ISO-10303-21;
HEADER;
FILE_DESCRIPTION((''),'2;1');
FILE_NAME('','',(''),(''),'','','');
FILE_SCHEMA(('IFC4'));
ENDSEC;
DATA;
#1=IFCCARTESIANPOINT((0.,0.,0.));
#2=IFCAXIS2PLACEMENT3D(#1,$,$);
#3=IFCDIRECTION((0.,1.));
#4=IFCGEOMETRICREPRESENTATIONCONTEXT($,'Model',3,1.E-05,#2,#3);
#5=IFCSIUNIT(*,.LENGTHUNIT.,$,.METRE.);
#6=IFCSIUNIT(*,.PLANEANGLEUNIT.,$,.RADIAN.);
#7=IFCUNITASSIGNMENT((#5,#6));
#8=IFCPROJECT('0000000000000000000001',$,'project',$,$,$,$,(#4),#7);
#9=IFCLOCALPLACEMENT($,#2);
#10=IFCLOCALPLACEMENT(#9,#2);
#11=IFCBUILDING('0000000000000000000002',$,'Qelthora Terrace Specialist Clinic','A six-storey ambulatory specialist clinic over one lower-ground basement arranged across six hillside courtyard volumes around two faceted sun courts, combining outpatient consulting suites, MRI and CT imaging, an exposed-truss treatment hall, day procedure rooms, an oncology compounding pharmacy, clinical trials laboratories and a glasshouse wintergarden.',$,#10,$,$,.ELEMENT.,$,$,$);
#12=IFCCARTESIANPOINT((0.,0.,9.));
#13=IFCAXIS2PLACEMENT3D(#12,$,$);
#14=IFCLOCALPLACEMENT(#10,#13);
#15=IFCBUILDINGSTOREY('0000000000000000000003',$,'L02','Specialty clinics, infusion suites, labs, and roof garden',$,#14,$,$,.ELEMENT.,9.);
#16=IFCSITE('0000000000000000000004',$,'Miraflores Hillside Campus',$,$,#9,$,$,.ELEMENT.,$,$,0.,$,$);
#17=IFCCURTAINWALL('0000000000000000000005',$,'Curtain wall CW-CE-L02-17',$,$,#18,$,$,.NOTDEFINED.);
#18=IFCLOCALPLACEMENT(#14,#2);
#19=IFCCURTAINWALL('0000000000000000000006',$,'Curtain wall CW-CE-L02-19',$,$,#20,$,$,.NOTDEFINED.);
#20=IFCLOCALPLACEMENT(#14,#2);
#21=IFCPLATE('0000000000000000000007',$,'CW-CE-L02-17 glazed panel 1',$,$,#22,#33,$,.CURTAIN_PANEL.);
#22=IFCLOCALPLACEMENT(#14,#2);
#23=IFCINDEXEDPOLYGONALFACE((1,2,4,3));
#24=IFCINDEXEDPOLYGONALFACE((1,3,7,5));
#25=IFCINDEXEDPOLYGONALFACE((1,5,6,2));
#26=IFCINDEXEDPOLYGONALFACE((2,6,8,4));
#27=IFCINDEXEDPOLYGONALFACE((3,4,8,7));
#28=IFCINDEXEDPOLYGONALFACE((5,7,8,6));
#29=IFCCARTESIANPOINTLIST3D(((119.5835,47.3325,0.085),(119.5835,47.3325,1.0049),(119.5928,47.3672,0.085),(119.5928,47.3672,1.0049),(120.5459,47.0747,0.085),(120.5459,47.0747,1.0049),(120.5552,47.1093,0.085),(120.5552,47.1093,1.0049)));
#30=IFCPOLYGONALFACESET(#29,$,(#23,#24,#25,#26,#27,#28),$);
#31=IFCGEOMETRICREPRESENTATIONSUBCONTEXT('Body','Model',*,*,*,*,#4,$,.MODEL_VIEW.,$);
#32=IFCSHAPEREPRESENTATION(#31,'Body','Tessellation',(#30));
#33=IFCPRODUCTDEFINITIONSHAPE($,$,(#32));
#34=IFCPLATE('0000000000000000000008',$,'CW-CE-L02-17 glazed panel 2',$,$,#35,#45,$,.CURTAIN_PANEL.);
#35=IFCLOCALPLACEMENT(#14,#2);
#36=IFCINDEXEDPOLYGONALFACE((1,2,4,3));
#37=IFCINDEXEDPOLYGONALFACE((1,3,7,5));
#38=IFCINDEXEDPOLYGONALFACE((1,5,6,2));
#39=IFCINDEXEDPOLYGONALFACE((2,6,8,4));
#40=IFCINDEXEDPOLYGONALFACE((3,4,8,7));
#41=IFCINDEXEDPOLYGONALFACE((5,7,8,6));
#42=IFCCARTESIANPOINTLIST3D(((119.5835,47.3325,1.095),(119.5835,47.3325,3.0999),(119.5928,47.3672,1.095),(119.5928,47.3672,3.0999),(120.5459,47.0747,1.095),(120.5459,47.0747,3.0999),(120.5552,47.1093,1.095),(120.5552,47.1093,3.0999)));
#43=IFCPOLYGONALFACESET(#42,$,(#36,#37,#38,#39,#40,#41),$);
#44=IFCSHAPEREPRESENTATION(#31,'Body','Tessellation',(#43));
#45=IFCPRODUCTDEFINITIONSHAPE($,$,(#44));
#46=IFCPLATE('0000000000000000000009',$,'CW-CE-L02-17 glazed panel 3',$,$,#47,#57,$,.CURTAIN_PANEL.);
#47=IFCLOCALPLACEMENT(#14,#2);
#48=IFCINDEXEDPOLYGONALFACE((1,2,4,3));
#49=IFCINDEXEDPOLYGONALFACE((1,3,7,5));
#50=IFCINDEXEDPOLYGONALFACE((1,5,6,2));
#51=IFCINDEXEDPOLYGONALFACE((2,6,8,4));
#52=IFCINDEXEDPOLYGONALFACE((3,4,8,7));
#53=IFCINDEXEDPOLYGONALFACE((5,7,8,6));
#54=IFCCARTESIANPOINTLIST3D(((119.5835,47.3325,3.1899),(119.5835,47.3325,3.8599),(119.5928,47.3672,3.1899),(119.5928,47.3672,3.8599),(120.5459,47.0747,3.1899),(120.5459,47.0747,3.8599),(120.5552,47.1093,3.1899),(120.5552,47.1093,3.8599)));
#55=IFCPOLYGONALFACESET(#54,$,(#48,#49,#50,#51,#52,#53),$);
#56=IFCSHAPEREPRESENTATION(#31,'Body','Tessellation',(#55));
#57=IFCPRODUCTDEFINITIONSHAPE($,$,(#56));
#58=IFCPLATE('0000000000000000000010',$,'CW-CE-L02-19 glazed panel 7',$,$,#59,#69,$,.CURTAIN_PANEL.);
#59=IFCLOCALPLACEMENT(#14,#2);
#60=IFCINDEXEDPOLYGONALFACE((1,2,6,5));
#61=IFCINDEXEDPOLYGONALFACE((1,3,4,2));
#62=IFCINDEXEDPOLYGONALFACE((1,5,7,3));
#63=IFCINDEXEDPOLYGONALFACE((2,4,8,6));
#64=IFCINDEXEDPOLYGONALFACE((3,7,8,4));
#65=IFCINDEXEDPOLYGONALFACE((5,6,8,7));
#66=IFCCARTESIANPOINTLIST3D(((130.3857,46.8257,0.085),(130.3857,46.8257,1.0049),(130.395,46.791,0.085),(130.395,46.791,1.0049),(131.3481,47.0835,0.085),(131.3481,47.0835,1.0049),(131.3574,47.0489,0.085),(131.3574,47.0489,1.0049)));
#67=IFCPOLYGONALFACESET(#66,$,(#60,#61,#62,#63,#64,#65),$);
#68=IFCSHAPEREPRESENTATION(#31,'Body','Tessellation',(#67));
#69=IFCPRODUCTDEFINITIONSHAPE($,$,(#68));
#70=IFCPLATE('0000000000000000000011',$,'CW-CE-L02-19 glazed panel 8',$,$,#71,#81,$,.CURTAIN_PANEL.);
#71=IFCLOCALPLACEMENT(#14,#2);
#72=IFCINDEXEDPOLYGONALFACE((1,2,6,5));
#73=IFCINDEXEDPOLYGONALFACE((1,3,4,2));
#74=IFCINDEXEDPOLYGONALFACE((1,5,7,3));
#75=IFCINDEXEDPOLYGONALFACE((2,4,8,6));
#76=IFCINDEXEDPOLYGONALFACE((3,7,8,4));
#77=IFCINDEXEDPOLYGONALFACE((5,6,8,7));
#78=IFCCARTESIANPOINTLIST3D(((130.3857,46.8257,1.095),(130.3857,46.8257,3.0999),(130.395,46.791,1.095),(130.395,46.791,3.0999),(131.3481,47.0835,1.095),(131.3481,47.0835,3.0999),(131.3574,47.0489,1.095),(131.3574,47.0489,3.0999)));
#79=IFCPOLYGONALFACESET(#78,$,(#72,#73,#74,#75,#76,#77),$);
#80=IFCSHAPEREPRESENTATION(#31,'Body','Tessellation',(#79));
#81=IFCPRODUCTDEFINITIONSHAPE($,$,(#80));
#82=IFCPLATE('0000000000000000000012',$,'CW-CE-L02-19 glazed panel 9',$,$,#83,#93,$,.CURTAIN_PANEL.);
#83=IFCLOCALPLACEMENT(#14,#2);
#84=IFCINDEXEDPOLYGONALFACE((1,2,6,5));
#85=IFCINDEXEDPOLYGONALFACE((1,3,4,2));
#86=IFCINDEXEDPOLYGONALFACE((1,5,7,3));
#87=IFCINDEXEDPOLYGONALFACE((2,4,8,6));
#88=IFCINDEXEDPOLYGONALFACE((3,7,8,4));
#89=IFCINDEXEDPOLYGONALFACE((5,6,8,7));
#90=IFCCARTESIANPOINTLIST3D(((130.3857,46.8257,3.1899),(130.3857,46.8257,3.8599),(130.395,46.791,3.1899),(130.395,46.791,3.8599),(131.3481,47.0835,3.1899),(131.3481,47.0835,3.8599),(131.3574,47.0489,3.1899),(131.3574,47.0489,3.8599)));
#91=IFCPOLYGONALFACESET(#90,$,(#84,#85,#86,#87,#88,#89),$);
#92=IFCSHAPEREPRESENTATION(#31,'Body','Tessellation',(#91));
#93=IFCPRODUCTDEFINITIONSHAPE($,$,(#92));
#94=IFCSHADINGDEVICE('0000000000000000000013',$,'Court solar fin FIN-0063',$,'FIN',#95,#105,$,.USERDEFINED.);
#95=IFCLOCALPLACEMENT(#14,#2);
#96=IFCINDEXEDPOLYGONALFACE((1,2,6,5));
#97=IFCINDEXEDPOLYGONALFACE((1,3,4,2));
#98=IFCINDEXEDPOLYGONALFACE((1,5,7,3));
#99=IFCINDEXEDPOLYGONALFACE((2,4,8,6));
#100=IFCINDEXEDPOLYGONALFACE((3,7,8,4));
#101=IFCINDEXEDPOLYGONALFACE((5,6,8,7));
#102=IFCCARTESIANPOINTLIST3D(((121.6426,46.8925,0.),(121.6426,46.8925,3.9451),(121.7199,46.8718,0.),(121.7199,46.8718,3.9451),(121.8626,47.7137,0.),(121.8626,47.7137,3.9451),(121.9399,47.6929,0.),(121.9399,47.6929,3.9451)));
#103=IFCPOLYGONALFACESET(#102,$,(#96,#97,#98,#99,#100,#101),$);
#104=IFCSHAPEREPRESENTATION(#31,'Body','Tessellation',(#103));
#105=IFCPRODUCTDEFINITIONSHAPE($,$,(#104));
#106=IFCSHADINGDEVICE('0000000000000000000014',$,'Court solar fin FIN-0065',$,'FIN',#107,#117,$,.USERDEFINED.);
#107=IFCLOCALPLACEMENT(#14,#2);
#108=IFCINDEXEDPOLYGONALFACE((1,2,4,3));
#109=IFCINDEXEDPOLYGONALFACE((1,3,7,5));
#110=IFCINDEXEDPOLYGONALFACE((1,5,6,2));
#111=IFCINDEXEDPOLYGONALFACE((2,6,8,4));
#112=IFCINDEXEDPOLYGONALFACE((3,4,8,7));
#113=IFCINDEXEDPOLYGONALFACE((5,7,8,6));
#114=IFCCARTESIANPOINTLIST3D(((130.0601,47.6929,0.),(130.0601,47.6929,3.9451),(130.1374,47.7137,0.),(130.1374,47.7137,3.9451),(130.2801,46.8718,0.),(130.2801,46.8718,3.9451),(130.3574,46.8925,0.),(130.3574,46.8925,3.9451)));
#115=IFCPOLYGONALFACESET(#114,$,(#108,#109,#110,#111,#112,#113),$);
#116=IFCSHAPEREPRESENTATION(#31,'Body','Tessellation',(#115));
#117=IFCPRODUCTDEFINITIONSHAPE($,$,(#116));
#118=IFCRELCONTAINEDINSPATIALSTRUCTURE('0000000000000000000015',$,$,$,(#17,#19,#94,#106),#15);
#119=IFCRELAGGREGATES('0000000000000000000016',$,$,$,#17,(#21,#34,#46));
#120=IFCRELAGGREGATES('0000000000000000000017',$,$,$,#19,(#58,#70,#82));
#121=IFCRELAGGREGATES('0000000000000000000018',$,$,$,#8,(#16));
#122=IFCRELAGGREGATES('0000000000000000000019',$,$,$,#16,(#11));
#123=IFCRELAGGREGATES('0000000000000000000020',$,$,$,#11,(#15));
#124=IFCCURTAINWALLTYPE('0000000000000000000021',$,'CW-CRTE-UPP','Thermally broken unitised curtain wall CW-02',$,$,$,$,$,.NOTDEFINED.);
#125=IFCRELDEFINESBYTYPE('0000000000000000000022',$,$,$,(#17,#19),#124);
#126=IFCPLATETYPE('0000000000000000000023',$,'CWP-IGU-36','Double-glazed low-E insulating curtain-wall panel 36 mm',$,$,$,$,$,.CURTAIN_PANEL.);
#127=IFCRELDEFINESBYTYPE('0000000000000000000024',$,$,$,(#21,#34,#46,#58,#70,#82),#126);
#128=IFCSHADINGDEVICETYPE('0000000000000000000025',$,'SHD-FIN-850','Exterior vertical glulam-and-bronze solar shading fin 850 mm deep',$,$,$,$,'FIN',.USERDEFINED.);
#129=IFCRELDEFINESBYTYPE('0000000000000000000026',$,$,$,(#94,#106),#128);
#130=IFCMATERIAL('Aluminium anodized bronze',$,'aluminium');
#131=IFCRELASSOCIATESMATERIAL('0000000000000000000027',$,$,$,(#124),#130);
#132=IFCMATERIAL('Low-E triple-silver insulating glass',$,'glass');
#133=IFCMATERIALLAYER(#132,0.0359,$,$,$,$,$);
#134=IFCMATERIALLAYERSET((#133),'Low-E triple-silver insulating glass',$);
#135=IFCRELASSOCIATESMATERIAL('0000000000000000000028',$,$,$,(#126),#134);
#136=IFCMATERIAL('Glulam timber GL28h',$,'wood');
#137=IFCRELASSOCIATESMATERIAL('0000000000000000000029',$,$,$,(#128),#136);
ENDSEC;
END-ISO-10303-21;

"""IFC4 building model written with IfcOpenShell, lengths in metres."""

from ifc_helpers import new_model, si_unit, direction, frame, origin, origin_2d, place, context, subcontext, project, spatial, rectangle, extrude, material, layer, layer_set, type_object, element, aggregate, save


model = new_model("IFC4")

# Units and contexts
model_context = context("Model", 3, precision=1e-05, world=origin(), true_north=direction((0.0, 1.0)))
body_context = subcontext(model_context, "Body", "Model", "MODEL_VIEW")
ifc_project = project(units=[si_unit("LENGTHUNIT", "METRE"), si_unit("PLANEANGLEUNIT", "RADIAN")], contexts=[model_context])

# Site, building, storey
site_placement = place(None, origin())
site = spatial("IfcSite", under=ifc_project, at=site_placement, Name="Miraflores Hillside Campus", CompositionType="ELEMENT", RefElevation=0.0)
building_placement = place(site_placement, origin())
building = spatial("IfcBuilding", under=site, at=building_placement, Name="Qelthora Terrace Specialist Clinic", Description="A six-storey ambulatory specialist clinic over one lower-ground basement arranged across six hillside courtyard volumes around two faceted sun courts, combining outpatient consulting suites, MRI and CT imaging, an exposed-truss treatment hall, day procedure rooms, an oncology compounding pharmacy, clinical trials laboratories and a glasshouse wintergarden.", CompositionType="ELEMENT")
storey_placement = place(building_placement, frame((0.0, 0.0, 9.0)))
storey = spatial("IfcBuildingStorey", under=building, at=storey_placement, Name="L02", Description="Specialty clinics, infusion suites, labs, and roof garden", CompositionType="ELEMENT", Elevation=9.0)

# Curtain wall
ifc_material_1 = material(Name="Aluminium anodized bronze", Category="aluminium")
curtain_wall_type = type_object("IfcCurtainWallType", Name="CW-CRTE-UPP", Description="Thermally broken unitised curtain wall CW-02", PredefinedType="NOTDEFINED", material=ifc_material_1)
curtain_wall_1_placement = place(storey_placement, origin())
curtain_wall_1 = element("IfcCurtainWall", 1, at=curtain_wall_1_placement, inside=storey, type_object=curtain_wall_type, Name="Curtain wall CW-CE-L02-17", PredefinedType="NOTDEFINED")

# Curtain wall
curtain_wall_2_placement = place(storey_placement, origin())
curtain_wall_2 = element("IfcCurtainWall", 2, at=curtain_wall_2_placement, inside=storey, type_object=curtain_wall_type, Name="Curtain wall CW-CE-L02-19", PredefinedType="NOTDEFINED")

# Plates
ifc_material_2 = material(Name="Low-E triple-silver insulating glass", Category="glass")
ifc_layer = layer(ifc_material_2, 0.0359)
ifc_layer_set = layer_set([ifc_layer], Name="Low-E triple-silver insulating glass")
plate_type = type_object("IfcPlateType", Name="CWP-IGU-36", Description="Double-glazed low-E insulating curtain-wall panel 36 mm", PredefinedType="CURTAIN_PANEL", material=ifc_layer_set)
plate_1_placement = place(storey_placement, frame((120.0693, 47.2209, 0.085), z_axis=(0.0, 0.0, 1.0), x_axis=(0.965926, -0.258819, 0.0)))
plate_1 = element("IfcPlate", 3, at=plate_1_placement, type_object=plate_type, Name="CW-CE-L02-17 glazed panel 1", PredefinedType="CURTAIN_PANEL", context=body_context, shape_type="SweptSolid", body=[
    extrude(rectangle(XDim=0.9963, YDim=0.0359, at=origin_2d()), origin(), (0.0, 0.0, 1.0), 0.9199),
])
plate_2_placement = place(storey_placement, frame((120.0693, 47.2209, 1.095), z_axis=(0.0, 0.0, 1.0), x_axis=(0.965926, -0.258819, 0.0)))
plate_2 = element("IfcPlate", 4, at=plate_2_placement, type_object=plate_type, Name="CW-CE-L02-17 glazed panel 2", PredefinedType="CURTAIN_PANEL", context=body_context, shape_type="SweptSolid", body=[
    extrude(rectangle(XDim=0.9963, YDim=0.0359, at=origin_2d()), origin(), (0.0, 0.0, 1.0), 2.0049),
])
plate_3_placement = place(storey_placement, frame((120.0693, 47.2209, 3.1899), z_axis=(0.0, 0.0, 1.0), x_axis=(0.965926, -0.258819, 0.0)))
plate_3 = element("IfcPlate", 5, at=plate_3_placement, type_object=plate_type, Name="CW-CE-L02-17 glazed panel 3", PredefinedType="CURTAIN_PANEL", context=body_context, shape_type="SweptSolid", body=[
    extrude(rectangle(XDim=0.9963, YDim=0.0359, at=origin_2d()), origin(), (0.0, 0.0, 1.0), 0.6699),
])
aggregate(curtain_wall_1, [plate_1, plate_2, plate_3])
plate_4_placement = place(storey_placement, frame((130.8716, 46.9373, 0.085), z_axis=(0.0, 0.0, 1.0), x_axis=(0.965926, 0.258819, 0.0)))
plate_4 = element("IfcPlate", 6, at=plate_4_placement, type_object=plate_type, Name="CW-CE-L02-19 glazed panel 7", PredefinedType="CURTAIN_PANEL", context=body_context, shape_type="SweptSolid", body=[
    extrude(rectangle(XDim=0.9963, YDim=0.0359, at=origin_2d()), origin(), (0.0, 0.0, 1.0), 0.9199),
])
plate_5_placement = place(storey_placement, frame((130.8716, 46.9373, 1.095), z_axis=(0.0, 0.0, 1.0), x_axis=(0.965926, 0.258819, 0.0)))
plate_5 = element("IfcPlate", 7, at=plate_5_placement, type_object=plate_type, Name="CW-CE-L02-19 glazed panel 8", PredefinedType="CURTAIN_PANEL", context=body_context, shape_type="SweptSolid", body=[
    extrude(rectangle(XDim=0.9963, YDim=0.0359, at=origin_2d()), origin(), (0.0, 0.0, 1.0), 2.0049),
])
plate_6_placement = place(storey_placement, frame((130.8716, 46.9373, 3.1899), z_axis=(0.0, 0.0, 1.0), x_axis=(0.965926, 0.258819, 0.0)))
plate_6 = element("IfcPlate", 8, at=plate_6_placement, type_object=plate_type, Name="CW-CE-L02-19 glazed panel 9", PredefinedType="CURTAIN_PANEL", context=body_context, shape_type="SweptSolid", body=[
    extrude(rectangle(XDim=0.9963, YDim=0.0359, at=origin_2d()), origin(), (0.0, 0.0, 1.0), 0.6699),
])
aggregate(curtain_wall_2, [plate_4, plate_5, plate_6])

# Shading devices
ifc_material_3 = material(Name="Glulam timber GL28h", Category="wood")
shading_device_type = type_object("IfcShadingDeviceType", Name="SHD-FIN-850", Description="Exterior vertical glulam-and-bronze solar shading fin 850 mm deep", ElementType="FIN", PredefinedType="USERDEFINED", material=ifc_material_3)
for number, where, z_axis, x_axis, name in (
    (9, (121.7913, 47.2927, 0.0), (0.0, 0.0, 1.0), (0.258819, 0.965926, 0.0), "Court solar fin FIN-0063"),
    (10, (130.2087, 47.2927, 0.0), (0.0, 0.0, 1.0), (-0.258819, 0.965926, 0.0), "Court solar fin FIN-0065"),
):
    element("IfcShadingDevice", number, at=place(storey_placement, frame(where, z_axis=z_axis, x_axis=x_axis)), inside=storey, type_object=shading_device_type, Name=name, ObjectType="FIN", PredefinedType="USERDEFINED", context=body_context, shape_type="SweptSolid", body=[
        extrude(rectangle(XDim=0.8501, YDim=0.0801, at=origin_2d()), origin(), (0.0, 0.0, 1.0), 3.9451),
    ])

save(model, "model.ifc")
